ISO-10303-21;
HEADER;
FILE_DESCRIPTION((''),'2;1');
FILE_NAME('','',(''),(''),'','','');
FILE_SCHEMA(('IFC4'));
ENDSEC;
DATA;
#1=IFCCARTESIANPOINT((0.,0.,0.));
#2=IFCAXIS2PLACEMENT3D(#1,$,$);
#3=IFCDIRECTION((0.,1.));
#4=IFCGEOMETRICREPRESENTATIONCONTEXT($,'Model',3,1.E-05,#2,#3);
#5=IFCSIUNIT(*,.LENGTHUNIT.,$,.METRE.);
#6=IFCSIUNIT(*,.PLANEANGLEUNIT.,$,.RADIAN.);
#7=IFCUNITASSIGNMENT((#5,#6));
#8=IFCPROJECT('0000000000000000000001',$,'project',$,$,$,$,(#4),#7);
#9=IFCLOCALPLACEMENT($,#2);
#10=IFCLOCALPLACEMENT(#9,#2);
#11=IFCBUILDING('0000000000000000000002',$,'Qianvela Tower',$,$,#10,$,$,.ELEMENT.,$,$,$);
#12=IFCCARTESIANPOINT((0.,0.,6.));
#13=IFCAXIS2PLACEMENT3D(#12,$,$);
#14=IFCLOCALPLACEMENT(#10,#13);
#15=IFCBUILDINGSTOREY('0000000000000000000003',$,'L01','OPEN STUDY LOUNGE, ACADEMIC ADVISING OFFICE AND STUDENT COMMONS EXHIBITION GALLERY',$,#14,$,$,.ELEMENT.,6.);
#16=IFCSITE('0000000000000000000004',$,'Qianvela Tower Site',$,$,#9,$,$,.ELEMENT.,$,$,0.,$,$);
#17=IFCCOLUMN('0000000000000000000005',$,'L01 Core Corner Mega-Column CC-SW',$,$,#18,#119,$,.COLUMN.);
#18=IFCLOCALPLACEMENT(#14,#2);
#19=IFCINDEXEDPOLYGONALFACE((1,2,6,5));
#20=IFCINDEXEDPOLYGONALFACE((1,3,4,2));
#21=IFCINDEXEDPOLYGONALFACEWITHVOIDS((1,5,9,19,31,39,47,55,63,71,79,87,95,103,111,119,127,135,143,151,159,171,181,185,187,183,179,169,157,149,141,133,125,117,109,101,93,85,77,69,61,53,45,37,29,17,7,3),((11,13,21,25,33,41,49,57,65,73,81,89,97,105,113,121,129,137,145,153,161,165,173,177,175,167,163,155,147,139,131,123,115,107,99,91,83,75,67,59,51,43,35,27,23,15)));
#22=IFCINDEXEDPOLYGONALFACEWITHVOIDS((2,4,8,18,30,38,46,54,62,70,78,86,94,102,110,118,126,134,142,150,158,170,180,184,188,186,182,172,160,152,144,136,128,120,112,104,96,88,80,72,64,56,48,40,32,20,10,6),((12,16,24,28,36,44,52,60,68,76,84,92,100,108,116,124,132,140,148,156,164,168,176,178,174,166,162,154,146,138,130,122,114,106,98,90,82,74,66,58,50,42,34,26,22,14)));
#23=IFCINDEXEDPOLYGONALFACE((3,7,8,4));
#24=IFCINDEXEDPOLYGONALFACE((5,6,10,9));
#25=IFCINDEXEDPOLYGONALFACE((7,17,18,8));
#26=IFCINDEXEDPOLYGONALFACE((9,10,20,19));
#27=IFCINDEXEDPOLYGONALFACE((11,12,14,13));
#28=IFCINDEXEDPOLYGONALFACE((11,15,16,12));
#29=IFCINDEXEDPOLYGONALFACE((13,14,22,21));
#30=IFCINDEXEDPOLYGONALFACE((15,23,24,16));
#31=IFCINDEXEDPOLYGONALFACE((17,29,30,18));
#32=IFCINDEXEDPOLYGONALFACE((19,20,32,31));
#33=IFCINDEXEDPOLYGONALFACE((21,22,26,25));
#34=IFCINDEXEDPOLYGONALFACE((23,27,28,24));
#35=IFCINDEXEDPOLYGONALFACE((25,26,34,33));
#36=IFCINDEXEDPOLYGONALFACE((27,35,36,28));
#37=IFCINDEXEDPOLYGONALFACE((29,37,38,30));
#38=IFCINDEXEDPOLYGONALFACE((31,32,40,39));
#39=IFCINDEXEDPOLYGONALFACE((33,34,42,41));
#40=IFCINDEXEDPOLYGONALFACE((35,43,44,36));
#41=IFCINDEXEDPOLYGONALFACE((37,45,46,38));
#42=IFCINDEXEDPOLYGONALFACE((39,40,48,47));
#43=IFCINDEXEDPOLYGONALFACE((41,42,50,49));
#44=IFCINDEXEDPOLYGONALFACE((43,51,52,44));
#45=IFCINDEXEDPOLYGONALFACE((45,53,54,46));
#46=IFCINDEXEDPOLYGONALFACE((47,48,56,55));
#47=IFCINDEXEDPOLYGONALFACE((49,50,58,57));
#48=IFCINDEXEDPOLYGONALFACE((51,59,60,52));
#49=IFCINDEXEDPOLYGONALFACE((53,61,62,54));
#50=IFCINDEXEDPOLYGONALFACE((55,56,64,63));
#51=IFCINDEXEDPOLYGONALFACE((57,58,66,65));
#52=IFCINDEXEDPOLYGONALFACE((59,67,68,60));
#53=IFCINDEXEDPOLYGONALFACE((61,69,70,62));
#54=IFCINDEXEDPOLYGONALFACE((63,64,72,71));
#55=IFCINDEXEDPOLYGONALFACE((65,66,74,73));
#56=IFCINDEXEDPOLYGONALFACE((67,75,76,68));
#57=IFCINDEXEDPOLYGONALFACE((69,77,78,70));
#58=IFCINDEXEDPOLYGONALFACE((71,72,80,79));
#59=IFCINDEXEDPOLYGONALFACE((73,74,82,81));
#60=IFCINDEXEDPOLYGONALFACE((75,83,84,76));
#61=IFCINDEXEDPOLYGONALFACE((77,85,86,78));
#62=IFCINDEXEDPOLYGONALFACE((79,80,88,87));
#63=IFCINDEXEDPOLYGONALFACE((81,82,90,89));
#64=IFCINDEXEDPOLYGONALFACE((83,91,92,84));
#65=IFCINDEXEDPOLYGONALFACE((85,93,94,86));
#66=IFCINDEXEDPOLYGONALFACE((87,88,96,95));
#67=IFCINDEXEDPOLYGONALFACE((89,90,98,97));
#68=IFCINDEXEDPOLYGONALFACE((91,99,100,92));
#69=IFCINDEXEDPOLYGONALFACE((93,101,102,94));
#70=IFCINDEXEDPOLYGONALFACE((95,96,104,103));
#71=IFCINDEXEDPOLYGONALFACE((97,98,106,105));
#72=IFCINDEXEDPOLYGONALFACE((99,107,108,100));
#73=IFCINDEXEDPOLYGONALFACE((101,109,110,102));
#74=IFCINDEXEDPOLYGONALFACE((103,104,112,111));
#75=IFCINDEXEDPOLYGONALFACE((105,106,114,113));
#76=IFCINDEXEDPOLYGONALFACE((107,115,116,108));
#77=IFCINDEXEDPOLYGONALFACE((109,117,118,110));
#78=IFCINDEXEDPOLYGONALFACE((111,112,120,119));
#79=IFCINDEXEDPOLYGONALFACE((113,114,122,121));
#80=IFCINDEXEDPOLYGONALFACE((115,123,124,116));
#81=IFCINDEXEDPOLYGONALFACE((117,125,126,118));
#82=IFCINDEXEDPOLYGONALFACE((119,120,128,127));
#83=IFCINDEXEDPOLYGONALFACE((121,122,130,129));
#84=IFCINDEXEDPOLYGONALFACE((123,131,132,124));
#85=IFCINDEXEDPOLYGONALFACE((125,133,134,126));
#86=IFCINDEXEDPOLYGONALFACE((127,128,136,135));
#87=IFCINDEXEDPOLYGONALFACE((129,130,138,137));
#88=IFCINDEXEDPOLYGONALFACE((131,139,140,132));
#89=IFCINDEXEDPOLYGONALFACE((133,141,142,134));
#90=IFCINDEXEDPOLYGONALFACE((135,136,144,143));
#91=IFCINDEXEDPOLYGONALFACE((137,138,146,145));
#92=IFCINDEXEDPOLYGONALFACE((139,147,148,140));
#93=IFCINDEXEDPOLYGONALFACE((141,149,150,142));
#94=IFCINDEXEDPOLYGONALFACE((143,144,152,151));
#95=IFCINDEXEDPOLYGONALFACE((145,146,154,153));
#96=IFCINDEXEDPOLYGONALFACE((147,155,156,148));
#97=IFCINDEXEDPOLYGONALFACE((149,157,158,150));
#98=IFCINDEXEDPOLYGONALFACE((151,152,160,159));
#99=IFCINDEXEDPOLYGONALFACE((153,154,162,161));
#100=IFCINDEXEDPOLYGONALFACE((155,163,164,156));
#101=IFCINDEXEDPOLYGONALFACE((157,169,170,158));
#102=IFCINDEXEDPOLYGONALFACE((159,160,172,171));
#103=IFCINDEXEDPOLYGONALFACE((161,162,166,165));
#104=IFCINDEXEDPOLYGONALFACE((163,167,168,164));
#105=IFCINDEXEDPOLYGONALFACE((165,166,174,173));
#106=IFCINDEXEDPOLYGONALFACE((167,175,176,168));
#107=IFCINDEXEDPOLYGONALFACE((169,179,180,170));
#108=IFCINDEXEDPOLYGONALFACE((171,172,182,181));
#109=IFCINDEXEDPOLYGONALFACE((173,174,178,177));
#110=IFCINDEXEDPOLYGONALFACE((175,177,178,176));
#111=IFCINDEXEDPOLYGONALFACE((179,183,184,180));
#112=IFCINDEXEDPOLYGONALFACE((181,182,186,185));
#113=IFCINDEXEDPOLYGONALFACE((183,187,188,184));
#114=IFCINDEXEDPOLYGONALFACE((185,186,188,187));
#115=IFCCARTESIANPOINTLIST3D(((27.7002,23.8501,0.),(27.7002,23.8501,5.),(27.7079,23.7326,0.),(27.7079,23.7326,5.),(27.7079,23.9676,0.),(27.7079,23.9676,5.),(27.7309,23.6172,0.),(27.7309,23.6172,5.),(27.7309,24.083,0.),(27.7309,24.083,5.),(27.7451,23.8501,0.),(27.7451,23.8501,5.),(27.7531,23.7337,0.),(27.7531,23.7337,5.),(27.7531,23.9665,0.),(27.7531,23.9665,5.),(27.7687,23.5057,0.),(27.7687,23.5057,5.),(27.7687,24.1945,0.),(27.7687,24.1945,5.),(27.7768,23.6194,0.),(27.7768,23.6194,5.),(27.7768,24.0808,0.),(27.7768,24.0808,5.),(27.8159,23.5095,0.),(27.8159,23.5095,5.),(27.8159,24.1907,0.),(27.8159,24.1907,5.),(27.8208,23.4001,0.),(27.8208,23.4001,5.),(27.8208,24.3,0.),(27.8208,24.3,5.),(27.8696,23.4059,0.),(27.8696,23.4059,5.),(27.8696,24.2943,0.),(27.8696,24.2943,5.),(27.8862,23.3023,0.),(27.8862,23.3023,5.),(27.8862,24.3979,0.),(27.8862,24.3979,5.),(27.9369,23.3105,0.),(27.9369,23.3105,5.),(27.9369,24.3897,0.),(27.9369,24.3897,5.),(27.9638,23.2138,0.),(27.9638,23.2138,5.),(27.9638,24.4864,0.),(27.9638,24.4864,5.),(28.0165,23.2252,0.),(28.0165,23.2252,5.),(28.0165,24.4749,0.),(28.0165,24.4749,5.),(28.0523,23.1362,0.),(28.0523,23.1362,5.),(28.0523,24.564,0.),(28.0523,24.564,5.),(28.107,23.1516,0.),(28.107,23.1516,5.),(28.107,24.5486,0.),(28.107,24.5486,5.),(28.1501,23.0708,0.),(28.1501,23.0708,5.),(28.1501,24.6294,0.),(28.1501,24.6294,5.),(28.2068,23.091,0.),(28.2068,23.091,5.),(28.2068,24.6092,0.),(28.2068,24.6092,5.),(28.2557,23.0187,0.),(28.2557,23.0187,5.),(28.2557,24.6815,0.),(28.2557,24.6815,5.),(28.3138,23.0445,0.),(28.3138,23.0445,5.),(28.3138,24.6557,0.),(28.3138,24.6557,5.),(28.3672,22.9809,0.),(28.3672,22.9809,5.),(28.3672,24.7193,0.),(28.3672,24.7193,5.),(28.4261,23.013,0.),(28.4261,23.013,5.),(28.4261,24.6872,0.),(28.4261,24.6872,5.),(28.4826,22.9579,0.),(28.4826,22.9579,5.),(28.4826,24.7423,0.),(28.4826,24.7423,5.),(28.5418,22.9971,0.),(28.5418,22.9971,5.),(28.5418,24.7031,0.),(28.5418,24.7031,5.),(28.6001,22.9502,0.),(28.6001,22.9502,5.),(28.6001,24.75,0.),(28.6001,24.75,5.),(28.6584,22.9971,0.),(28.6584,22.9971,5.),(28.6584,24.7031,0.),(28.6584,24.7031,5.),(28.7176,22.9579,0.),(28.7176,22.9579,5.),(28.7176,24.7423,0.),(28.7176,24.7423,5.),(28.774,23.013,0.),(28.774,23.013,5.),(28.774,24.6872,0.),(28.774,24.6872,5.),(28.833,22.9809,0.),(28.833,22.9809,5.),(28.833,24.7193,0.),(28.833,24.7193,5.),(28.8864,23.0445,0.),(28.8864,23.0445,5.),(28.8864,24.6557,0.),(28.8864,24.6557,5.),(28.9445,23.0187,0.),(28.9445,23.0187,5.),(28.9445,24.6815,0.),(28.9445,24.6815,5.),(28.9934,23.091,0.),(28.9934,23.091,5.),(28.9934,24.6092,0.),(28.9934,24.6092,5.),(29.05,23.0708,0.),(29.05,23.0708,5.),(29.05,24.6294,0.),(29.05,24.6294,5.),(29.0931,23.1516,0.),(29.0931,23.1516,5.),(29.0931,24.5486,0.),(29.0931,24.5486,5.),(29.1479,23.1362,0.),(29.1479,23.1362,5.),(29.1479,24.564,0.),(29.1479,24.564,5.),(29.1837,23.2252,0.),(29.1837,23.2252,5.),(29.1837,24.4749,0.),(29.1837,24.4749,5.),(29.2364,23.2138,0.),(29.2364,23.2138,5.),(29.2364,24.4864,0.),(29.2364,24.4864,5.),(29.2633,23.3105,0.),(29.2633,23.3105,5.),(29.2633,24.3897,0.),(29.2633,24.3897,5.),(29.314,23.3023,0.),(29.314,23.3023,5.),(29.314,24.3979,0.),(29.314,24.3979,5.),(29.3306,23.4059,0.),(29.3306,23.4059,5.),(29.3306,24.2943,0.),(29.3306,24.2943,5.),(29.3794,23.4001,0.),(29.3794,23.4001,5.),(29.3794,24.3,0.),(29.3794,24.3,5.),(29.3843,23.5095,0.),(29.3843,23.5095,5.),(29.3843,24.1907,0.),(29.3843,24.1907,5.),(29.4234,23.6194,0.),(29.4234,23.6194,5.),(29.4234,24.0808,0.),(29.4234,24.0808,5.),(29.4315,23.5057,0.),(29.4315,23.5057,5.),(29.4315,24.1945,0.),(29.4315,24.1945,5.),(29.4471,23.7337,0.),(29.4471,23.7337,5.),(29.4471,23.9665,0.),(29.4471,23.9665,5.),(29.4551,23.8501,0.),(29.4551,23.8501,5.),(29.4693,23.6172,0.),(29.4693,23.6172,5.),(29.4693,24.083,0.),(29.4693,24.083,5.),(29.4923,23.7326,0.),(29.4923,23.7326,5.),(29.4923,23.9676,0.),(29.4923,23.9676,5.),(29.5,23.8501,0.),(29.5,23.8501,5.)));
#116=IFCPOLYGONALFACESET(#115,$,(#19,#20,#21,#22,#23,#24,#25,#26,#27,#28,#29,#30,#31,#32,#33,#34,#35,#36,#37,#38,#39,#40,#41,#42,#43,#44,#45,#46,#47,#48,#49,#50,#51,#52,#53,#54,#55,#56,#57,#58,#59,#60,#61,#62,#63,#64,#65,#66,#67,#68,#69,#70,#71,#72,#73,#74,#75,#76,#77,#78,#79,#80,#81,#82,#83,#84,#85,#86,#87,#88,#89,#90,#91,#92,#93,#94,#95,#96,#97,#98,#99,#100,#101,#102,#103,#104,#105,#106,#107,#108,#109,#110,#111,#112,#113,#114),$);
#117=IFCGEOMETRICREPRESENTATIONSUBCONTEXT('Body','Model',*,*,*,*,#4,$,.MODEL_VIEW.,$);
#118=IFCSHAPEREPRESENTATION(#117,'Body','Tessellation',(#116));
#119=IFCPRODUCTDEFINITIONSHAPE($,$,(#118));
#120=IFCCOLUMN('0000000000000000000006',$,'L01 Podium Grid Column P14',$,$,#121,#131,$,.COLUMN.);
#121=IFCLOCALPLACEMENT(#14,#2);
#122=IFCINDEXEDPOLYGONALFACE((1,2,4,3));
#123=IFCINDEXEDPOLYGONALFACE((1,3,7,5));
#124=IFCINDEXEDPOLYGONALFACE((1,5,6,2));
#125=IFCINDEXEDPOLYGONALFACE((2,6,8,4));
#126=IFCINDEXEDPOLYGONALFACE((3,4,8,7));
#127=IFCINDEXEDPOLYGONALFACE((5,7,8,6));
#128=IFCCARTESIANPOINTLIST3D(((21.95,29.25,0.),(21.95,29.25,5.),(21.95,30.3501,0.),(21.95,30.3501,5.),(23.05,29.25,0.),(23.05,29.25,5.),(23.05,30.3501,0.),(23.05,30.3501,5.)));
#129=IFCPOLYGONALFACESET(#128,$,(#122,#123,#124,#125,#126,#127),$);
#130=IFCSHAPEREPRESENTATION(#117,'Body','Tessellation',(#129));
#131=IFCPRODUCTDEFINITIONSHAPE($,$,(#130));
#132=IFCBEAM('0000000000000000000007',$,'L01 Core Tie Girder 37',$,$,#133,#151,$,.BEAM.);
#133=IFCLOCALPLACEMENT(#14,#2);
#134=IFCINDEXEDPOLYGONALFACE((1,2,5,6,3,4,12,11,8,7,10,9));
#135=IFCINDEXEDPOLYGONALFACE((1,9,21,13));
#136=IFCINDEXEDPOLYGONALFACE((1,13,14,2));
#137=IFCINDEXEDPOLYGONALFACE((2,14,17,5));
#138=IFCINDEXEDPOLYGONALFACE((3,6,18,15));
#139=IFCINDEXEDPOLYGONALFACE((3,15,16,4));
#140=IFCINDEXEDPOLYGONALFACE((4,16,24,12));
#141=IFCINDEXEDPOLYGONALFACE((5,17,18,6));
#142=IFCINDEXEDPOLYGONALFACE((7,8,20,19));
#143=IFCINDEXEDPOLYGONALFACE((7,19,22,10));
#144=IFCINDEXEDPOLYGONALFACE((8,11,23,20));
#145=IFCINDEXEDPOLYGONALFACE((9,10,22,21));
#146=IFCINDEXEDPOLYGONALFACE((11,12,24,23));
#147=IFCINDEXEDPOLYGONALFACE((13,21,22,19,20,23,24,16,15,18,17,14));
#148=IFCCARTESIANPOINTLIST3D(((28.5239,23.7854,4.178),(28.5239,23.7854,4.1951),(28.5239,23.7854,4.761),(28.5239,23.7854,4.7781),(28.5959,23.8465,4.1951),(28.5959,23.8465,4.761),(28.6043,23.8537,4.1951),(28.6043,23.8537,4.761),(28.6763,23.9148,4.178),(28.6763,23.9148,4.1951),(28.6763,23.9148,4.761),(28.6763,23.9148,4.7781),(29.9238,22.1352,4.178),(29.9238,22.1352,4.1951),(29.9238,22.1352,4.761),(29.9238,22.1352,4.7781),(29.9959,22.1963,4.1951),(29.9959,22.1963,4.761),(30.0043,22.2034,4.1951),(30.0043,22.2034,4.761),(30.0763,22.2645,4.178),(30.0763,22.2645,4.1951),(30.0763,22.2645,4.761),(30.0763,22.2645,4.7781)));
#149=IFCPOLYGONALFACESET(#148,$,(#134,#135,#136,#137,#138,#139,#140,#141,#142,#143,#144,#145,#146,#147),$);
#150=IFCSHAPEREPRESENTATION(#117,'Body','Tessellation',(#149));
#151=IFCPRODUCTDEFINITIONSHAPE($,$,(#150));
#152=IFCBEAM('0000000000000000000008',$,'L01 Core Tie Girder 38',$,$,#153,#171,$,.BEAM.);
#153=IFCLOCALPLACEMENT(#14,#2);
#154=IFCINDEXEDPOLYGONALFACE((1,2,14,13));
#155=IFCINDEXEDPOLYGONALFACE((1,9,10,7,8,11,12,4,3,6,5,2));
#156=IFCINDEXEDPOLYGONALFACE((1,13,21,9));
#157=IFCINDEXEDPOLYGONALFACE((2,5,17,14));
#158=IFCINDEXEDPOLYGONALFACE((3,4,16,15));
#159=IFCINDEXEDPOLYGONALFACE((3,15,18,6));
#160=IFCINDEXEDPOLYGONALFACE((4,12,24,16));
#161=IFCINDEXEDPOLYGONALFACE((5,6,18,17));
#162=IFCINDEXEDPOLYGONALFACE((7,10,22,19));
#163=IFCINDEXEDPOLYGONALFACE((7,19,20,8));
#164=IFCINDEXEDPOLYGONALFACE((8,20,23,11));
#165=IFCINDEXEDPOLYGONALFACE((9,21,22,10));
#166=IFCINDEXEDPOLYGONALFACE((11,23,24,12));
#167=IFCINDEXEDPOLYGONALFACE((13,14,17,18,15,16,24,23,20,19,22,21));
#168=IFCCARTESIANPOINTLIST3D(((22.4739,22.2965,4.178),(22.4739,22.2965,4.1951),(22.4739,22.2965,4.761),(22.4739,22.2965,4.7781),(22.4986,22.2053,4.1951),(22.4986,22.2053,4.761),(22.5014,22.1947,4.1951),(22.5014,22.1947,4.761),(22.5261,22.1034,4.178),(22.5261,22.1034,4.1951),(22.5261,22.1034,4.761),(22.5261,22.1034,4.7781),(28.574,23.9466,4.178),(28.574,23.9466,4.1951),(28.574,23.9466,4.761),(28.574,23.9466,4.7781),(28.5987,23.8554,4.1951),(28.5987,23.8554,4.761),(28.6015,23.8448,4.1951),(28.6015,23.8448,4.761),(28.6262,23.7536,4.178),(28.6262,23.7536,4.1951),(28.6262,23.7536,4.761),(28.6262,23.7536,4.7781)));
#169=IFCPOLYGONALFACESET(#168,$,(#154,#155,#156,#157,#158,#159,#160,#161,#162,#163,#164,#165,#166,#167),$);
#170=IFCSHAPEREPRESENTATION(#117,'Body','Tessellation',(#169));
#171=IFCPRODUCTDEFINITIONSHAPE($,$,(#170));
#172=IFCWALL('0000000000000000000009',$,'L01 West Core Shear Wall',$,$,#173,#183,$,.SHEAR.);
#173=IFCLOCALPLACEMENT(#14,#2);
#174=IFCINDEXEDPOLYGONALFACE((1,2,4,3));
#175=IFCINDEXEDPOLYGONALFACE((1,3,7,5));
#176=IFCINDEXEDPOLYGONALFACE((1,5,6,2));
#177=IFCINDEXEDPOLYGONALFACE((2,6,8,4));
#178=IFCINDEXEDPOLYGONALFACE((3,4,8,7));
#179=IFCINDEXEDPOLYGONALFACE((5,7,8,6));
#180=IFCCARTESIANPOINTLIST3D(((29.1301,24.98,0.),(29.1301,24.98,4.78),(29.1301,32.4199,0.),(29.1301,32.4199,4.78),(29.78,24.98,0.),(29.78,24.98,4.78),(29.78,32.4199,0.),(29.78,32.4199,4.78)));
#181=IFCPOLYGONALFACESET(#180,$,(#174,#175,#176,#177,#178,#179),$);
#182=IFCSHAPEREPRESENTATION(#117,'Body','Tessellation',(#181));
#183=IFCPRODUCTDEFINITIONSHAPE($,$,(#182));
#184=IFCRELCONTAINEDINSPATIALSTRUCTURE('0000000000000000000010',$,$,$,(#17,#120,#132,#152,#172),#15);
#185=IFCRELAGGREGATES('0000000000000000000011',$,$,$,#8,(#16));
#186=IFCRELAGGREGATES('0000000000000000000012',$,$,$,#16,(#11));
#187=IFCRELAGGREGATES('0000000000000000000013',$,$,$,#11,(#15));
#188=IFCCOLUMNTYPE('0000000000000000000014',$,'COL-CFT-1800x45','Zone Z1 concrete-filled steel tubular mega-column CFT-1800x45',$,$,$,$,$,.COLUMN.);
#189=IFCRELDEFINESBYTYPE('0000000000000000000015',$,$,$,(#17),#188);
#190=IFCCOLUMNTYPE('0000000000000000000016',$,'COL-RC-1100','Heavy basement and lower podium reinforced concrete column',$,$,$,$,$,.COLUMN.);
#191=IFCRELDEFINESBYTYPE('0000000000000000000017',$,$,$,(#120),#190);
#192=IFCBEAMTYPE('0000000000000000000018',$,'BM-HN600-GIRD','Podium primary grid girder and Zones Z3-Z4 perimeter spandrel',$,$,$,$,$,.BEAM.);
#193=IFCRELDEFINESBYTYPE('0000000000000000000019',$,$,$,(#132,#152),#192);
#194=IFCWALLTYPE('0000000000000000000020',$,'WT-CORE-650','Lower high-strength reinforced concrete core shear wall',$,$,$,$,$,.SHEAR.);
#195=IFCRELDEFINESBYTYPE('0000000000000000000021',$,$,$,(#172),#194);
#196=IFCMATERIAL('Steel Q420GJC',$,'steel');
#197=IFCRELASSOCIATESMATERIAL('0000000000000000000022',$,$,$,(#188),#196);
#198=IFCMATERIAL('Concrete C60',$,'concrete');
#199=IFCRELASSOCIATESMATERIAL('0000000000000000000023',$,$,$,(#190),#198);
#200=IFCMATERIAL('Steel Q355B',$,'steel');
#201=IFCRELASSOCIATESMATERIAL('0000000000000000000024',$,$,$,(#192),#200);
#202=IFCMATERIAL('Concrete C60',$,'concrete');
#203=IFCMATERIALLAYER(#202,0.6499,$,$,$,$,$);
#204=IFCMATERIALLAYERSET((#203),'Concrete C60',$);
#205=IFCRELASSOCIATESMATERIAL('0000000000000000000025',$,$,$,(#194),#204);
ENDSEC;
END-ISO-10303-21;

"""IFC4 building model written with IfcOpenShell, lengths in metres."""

from ifc_helpers import new_model, si_unit, direction, frame, frame_2d, origin, origin_2d, place, context, subcontext, project, spatial, rectangle, hollow_circle, i_section, extrude, material, layer, layer_set, material_profile, profile_set, type_object, element, save


model = new_model("IFC4")

# Units and contexts
model_context = context("Model", 3, precision=1e-05, world=origin(), true_north=direction((0.0, 1.0)))
body_context = subcontext(model_context, "Body", "Model", "MODEL_VIEW")
ifc_project = project(units=[si_unit("LENGTHUNIT", "METRE"), si_unit("PLANEANGLEUNIT", "RADIAN")], contexts=[model_context])

# Site, building, storey
site_placement = place(None, origin())
site = spatial("IfcSite", under=ifc_project, at=site_placement, Name="Qianvela Tower Site", CompositionType="ELEMENT", RefElevation=0.0)
building_placement = place(site_placement, origin())
building = spatial("IfcBuilding", under=site, at=building_placement, Name="Qianvela Tower", CompositionType="ELEMENT")
storey_placement = place(building_placement, frame((0.0, 0.0, 6.0)))
storey = spatial("IfcBuildingStorey", under=building, at=storey_placement, Name="L01", Description="OPEN STUDY LOUNGE, ACADEMIC ADVISING OFFICE AND STUDENT COMMONS EXHIBITION GALLERY", CompositionType="ELEMENT", Elevation=6.0)

# Columns
ifc_material_1 = material(Name="Steel Q420GJC", Category="steel")
ifc_material_profile_1 = material_profile(ifc_material_1, hollow_circle(Radius=0.8999, WallThickness=0.0449, at=origin_2d()), Name="CFT-1800x45")
ifc_profile_set_1 = profile_set([ifc_material_profile_1], Name="Steel Q420GJC")
column_type_1 = type_object("IfcColumnType", Name="COL-CFT-1800x45", Description="Zone Z1 concrete-filled steel tubular mega-column CFT-1800x45", PredefinedType="COLUMN", material=ifc_profile_set_1)
column_1_placement = place(storey_placement, frame((28.6001, 23.8501, 0.0), z_axis=(0.0, 0.0, 1.0), x_axis=(1.0, 0.0, 0.0)))
element("IfcColumn", 1, at=column_1_placement, inside=storey, type_object=column_type_1, Name="L01 Core Corner Mega-Column CC-SW", PredefinedType="COLUMN", context=body_context, shape_type="SweptSolid", body=[
    extrude(hollow_circle(Radius=0.8999, WallThickness=0.0449, at=origin_2d()), origin(), (0.0, 0.0, 1.0), 5.0),
])
ifc_material_2 = material(Name="Concrete C60", Category="concrete")
ifc_material_profile_2 = material_profile(ifc_material_2, rectangle(XDim=1.1001, YDim=1.1001, at=origin_2d()), Name="RC-COL-1100x1100")
ifc_profile_set_2 = profile_set([ifc_material_profile_2], Name="Concrete C60")
column_type_2 = type_object("IfcColumnType", Name="COL-RC-1100", Description="Heavy basement and lower podium reinforced concrete column", PredefinedType="COLUMN", material=ifc_profile_set_2)
column_2_placement = place(storey_placement, frame((22.5, 29.8, 0.0), z_axis=(0.0, 0.0, 1.0), x_axis=(1.0, 0.0, 0.0)))
element("IfcColumn", 2, at=column_2_placement, inside=storey, type_object=column_type_2, Name="L01 Podium Grid Column P14", PredefinedType="COLUMN", context=body_context, shape_type="SweptSolid", body=[
    extrude(rectangle(XDim=1.1001, YDim=1.1001, at=origin_2d()), origin(), (0.0, 0.0, 1.0), 5.0),
])

# Beams
ifc_material_3 = material(Name="Steel Q355B", Category="steel")
ifc_material_profile_3 = material_profile(ifc_material_3, i_section(OverallWidth=0.2, OverallDepth=0.6001, WebThickness=0.011, FlangeThickness=0.0171, at=origin_2d()), Name="HN600x200x11x17")
ifc_profile_set_3 = profile_set([ifc_material_profile_3], Name="Steel Q355B")
beam_type = type_object("IfcBeamType", Name="BM-HN600-GIRD", Description="Podium primary grid girder and Zones Z3-Z4 perimeter spandrel", PredefinedType="BEAM", material=ifc_profile_set_3)
beam_1_placement = place(storey_placement, frame((28.6001, 23.8501, 4.478), z_axis=(0.646918, -0.76256, 0.0), x_axis=(0.76256, 0.646918, 0.0)))
element("IfcBeam", 3, at=beam_1_placement, inside=storey, type_object=beam_type, Name="L01 Core Tie Girder 37", PredefinedType="BEAM", context=body_context, shape_type="SweptSolid", body=[
    extrude(i_section(OverallWidth=0.2, OverallDepth=0.6001, WebThickness=0.011, FlangeThickness=0.0171, at=origin_2d()), origin(), (0.0, 0.0, 1.0), 2.1641),
])
beam_2_placement = place(storey_placement, frame((28.6001, 23.8501, 4.478), z_axis=(-0.965305, -0.261126, 0.0), x_axis=(0.261126, -0.965305, 0.0)))
element("IfcBeam", 4, at=beam_2_placement, inside=storey, type_object=beam_type, Name="L01 Core Tie Girder 38", PredefinedType="BEAM", context=body_context, shape_type="SweptSolid", body=[
    extrude(i_section(OverallWidth=0.2, OverallDepth=0.6001, WebThickness=0.011, FlangeThickness=0.0171, at=origin_2d()), origin(), (0.0, 0.0, 1.0), 6.3193),
])

# Shared definitions
ifc_material_4 = material(Name="Concrete C60", Category="concrete")
ifc_layer_1 = layer(ifc_material_4, 0.6499)
ifc_layer_set_1 = layer_set([ifc_layer_1], Name="Concrete C60")
wall_type_1 = type_object("IfcWallType", Name="WT-CORE-650", Description="Lower high-strength reinforced concrete core shear wall", PredefinedType="SHEAR", material=ifc_layer_set_1)

# Wall
wall_1_placement = place(storey_placement, frame((29.4551, 24.98, 0.0), z_axis=(0.0, 0.0, 1.0), x_axis=(0.0, 1.0, 0.0)))
element("IfcWall", 5, at=wall_1_placement, inside=storey, type_object=wall_type_1, Name="L01 West Core Shear Wall", PredefinedType="SHEAR", context=body_context, shape_type="SweptSolid", body=[
    extrude(rectangle(XDim=7.4399, YDim=0.6499, at=frame_2d((3.72, 0.0))), origin(), (0.0, 0.0, 1.0), 4.78),
])

save(model, "model.ifc")
